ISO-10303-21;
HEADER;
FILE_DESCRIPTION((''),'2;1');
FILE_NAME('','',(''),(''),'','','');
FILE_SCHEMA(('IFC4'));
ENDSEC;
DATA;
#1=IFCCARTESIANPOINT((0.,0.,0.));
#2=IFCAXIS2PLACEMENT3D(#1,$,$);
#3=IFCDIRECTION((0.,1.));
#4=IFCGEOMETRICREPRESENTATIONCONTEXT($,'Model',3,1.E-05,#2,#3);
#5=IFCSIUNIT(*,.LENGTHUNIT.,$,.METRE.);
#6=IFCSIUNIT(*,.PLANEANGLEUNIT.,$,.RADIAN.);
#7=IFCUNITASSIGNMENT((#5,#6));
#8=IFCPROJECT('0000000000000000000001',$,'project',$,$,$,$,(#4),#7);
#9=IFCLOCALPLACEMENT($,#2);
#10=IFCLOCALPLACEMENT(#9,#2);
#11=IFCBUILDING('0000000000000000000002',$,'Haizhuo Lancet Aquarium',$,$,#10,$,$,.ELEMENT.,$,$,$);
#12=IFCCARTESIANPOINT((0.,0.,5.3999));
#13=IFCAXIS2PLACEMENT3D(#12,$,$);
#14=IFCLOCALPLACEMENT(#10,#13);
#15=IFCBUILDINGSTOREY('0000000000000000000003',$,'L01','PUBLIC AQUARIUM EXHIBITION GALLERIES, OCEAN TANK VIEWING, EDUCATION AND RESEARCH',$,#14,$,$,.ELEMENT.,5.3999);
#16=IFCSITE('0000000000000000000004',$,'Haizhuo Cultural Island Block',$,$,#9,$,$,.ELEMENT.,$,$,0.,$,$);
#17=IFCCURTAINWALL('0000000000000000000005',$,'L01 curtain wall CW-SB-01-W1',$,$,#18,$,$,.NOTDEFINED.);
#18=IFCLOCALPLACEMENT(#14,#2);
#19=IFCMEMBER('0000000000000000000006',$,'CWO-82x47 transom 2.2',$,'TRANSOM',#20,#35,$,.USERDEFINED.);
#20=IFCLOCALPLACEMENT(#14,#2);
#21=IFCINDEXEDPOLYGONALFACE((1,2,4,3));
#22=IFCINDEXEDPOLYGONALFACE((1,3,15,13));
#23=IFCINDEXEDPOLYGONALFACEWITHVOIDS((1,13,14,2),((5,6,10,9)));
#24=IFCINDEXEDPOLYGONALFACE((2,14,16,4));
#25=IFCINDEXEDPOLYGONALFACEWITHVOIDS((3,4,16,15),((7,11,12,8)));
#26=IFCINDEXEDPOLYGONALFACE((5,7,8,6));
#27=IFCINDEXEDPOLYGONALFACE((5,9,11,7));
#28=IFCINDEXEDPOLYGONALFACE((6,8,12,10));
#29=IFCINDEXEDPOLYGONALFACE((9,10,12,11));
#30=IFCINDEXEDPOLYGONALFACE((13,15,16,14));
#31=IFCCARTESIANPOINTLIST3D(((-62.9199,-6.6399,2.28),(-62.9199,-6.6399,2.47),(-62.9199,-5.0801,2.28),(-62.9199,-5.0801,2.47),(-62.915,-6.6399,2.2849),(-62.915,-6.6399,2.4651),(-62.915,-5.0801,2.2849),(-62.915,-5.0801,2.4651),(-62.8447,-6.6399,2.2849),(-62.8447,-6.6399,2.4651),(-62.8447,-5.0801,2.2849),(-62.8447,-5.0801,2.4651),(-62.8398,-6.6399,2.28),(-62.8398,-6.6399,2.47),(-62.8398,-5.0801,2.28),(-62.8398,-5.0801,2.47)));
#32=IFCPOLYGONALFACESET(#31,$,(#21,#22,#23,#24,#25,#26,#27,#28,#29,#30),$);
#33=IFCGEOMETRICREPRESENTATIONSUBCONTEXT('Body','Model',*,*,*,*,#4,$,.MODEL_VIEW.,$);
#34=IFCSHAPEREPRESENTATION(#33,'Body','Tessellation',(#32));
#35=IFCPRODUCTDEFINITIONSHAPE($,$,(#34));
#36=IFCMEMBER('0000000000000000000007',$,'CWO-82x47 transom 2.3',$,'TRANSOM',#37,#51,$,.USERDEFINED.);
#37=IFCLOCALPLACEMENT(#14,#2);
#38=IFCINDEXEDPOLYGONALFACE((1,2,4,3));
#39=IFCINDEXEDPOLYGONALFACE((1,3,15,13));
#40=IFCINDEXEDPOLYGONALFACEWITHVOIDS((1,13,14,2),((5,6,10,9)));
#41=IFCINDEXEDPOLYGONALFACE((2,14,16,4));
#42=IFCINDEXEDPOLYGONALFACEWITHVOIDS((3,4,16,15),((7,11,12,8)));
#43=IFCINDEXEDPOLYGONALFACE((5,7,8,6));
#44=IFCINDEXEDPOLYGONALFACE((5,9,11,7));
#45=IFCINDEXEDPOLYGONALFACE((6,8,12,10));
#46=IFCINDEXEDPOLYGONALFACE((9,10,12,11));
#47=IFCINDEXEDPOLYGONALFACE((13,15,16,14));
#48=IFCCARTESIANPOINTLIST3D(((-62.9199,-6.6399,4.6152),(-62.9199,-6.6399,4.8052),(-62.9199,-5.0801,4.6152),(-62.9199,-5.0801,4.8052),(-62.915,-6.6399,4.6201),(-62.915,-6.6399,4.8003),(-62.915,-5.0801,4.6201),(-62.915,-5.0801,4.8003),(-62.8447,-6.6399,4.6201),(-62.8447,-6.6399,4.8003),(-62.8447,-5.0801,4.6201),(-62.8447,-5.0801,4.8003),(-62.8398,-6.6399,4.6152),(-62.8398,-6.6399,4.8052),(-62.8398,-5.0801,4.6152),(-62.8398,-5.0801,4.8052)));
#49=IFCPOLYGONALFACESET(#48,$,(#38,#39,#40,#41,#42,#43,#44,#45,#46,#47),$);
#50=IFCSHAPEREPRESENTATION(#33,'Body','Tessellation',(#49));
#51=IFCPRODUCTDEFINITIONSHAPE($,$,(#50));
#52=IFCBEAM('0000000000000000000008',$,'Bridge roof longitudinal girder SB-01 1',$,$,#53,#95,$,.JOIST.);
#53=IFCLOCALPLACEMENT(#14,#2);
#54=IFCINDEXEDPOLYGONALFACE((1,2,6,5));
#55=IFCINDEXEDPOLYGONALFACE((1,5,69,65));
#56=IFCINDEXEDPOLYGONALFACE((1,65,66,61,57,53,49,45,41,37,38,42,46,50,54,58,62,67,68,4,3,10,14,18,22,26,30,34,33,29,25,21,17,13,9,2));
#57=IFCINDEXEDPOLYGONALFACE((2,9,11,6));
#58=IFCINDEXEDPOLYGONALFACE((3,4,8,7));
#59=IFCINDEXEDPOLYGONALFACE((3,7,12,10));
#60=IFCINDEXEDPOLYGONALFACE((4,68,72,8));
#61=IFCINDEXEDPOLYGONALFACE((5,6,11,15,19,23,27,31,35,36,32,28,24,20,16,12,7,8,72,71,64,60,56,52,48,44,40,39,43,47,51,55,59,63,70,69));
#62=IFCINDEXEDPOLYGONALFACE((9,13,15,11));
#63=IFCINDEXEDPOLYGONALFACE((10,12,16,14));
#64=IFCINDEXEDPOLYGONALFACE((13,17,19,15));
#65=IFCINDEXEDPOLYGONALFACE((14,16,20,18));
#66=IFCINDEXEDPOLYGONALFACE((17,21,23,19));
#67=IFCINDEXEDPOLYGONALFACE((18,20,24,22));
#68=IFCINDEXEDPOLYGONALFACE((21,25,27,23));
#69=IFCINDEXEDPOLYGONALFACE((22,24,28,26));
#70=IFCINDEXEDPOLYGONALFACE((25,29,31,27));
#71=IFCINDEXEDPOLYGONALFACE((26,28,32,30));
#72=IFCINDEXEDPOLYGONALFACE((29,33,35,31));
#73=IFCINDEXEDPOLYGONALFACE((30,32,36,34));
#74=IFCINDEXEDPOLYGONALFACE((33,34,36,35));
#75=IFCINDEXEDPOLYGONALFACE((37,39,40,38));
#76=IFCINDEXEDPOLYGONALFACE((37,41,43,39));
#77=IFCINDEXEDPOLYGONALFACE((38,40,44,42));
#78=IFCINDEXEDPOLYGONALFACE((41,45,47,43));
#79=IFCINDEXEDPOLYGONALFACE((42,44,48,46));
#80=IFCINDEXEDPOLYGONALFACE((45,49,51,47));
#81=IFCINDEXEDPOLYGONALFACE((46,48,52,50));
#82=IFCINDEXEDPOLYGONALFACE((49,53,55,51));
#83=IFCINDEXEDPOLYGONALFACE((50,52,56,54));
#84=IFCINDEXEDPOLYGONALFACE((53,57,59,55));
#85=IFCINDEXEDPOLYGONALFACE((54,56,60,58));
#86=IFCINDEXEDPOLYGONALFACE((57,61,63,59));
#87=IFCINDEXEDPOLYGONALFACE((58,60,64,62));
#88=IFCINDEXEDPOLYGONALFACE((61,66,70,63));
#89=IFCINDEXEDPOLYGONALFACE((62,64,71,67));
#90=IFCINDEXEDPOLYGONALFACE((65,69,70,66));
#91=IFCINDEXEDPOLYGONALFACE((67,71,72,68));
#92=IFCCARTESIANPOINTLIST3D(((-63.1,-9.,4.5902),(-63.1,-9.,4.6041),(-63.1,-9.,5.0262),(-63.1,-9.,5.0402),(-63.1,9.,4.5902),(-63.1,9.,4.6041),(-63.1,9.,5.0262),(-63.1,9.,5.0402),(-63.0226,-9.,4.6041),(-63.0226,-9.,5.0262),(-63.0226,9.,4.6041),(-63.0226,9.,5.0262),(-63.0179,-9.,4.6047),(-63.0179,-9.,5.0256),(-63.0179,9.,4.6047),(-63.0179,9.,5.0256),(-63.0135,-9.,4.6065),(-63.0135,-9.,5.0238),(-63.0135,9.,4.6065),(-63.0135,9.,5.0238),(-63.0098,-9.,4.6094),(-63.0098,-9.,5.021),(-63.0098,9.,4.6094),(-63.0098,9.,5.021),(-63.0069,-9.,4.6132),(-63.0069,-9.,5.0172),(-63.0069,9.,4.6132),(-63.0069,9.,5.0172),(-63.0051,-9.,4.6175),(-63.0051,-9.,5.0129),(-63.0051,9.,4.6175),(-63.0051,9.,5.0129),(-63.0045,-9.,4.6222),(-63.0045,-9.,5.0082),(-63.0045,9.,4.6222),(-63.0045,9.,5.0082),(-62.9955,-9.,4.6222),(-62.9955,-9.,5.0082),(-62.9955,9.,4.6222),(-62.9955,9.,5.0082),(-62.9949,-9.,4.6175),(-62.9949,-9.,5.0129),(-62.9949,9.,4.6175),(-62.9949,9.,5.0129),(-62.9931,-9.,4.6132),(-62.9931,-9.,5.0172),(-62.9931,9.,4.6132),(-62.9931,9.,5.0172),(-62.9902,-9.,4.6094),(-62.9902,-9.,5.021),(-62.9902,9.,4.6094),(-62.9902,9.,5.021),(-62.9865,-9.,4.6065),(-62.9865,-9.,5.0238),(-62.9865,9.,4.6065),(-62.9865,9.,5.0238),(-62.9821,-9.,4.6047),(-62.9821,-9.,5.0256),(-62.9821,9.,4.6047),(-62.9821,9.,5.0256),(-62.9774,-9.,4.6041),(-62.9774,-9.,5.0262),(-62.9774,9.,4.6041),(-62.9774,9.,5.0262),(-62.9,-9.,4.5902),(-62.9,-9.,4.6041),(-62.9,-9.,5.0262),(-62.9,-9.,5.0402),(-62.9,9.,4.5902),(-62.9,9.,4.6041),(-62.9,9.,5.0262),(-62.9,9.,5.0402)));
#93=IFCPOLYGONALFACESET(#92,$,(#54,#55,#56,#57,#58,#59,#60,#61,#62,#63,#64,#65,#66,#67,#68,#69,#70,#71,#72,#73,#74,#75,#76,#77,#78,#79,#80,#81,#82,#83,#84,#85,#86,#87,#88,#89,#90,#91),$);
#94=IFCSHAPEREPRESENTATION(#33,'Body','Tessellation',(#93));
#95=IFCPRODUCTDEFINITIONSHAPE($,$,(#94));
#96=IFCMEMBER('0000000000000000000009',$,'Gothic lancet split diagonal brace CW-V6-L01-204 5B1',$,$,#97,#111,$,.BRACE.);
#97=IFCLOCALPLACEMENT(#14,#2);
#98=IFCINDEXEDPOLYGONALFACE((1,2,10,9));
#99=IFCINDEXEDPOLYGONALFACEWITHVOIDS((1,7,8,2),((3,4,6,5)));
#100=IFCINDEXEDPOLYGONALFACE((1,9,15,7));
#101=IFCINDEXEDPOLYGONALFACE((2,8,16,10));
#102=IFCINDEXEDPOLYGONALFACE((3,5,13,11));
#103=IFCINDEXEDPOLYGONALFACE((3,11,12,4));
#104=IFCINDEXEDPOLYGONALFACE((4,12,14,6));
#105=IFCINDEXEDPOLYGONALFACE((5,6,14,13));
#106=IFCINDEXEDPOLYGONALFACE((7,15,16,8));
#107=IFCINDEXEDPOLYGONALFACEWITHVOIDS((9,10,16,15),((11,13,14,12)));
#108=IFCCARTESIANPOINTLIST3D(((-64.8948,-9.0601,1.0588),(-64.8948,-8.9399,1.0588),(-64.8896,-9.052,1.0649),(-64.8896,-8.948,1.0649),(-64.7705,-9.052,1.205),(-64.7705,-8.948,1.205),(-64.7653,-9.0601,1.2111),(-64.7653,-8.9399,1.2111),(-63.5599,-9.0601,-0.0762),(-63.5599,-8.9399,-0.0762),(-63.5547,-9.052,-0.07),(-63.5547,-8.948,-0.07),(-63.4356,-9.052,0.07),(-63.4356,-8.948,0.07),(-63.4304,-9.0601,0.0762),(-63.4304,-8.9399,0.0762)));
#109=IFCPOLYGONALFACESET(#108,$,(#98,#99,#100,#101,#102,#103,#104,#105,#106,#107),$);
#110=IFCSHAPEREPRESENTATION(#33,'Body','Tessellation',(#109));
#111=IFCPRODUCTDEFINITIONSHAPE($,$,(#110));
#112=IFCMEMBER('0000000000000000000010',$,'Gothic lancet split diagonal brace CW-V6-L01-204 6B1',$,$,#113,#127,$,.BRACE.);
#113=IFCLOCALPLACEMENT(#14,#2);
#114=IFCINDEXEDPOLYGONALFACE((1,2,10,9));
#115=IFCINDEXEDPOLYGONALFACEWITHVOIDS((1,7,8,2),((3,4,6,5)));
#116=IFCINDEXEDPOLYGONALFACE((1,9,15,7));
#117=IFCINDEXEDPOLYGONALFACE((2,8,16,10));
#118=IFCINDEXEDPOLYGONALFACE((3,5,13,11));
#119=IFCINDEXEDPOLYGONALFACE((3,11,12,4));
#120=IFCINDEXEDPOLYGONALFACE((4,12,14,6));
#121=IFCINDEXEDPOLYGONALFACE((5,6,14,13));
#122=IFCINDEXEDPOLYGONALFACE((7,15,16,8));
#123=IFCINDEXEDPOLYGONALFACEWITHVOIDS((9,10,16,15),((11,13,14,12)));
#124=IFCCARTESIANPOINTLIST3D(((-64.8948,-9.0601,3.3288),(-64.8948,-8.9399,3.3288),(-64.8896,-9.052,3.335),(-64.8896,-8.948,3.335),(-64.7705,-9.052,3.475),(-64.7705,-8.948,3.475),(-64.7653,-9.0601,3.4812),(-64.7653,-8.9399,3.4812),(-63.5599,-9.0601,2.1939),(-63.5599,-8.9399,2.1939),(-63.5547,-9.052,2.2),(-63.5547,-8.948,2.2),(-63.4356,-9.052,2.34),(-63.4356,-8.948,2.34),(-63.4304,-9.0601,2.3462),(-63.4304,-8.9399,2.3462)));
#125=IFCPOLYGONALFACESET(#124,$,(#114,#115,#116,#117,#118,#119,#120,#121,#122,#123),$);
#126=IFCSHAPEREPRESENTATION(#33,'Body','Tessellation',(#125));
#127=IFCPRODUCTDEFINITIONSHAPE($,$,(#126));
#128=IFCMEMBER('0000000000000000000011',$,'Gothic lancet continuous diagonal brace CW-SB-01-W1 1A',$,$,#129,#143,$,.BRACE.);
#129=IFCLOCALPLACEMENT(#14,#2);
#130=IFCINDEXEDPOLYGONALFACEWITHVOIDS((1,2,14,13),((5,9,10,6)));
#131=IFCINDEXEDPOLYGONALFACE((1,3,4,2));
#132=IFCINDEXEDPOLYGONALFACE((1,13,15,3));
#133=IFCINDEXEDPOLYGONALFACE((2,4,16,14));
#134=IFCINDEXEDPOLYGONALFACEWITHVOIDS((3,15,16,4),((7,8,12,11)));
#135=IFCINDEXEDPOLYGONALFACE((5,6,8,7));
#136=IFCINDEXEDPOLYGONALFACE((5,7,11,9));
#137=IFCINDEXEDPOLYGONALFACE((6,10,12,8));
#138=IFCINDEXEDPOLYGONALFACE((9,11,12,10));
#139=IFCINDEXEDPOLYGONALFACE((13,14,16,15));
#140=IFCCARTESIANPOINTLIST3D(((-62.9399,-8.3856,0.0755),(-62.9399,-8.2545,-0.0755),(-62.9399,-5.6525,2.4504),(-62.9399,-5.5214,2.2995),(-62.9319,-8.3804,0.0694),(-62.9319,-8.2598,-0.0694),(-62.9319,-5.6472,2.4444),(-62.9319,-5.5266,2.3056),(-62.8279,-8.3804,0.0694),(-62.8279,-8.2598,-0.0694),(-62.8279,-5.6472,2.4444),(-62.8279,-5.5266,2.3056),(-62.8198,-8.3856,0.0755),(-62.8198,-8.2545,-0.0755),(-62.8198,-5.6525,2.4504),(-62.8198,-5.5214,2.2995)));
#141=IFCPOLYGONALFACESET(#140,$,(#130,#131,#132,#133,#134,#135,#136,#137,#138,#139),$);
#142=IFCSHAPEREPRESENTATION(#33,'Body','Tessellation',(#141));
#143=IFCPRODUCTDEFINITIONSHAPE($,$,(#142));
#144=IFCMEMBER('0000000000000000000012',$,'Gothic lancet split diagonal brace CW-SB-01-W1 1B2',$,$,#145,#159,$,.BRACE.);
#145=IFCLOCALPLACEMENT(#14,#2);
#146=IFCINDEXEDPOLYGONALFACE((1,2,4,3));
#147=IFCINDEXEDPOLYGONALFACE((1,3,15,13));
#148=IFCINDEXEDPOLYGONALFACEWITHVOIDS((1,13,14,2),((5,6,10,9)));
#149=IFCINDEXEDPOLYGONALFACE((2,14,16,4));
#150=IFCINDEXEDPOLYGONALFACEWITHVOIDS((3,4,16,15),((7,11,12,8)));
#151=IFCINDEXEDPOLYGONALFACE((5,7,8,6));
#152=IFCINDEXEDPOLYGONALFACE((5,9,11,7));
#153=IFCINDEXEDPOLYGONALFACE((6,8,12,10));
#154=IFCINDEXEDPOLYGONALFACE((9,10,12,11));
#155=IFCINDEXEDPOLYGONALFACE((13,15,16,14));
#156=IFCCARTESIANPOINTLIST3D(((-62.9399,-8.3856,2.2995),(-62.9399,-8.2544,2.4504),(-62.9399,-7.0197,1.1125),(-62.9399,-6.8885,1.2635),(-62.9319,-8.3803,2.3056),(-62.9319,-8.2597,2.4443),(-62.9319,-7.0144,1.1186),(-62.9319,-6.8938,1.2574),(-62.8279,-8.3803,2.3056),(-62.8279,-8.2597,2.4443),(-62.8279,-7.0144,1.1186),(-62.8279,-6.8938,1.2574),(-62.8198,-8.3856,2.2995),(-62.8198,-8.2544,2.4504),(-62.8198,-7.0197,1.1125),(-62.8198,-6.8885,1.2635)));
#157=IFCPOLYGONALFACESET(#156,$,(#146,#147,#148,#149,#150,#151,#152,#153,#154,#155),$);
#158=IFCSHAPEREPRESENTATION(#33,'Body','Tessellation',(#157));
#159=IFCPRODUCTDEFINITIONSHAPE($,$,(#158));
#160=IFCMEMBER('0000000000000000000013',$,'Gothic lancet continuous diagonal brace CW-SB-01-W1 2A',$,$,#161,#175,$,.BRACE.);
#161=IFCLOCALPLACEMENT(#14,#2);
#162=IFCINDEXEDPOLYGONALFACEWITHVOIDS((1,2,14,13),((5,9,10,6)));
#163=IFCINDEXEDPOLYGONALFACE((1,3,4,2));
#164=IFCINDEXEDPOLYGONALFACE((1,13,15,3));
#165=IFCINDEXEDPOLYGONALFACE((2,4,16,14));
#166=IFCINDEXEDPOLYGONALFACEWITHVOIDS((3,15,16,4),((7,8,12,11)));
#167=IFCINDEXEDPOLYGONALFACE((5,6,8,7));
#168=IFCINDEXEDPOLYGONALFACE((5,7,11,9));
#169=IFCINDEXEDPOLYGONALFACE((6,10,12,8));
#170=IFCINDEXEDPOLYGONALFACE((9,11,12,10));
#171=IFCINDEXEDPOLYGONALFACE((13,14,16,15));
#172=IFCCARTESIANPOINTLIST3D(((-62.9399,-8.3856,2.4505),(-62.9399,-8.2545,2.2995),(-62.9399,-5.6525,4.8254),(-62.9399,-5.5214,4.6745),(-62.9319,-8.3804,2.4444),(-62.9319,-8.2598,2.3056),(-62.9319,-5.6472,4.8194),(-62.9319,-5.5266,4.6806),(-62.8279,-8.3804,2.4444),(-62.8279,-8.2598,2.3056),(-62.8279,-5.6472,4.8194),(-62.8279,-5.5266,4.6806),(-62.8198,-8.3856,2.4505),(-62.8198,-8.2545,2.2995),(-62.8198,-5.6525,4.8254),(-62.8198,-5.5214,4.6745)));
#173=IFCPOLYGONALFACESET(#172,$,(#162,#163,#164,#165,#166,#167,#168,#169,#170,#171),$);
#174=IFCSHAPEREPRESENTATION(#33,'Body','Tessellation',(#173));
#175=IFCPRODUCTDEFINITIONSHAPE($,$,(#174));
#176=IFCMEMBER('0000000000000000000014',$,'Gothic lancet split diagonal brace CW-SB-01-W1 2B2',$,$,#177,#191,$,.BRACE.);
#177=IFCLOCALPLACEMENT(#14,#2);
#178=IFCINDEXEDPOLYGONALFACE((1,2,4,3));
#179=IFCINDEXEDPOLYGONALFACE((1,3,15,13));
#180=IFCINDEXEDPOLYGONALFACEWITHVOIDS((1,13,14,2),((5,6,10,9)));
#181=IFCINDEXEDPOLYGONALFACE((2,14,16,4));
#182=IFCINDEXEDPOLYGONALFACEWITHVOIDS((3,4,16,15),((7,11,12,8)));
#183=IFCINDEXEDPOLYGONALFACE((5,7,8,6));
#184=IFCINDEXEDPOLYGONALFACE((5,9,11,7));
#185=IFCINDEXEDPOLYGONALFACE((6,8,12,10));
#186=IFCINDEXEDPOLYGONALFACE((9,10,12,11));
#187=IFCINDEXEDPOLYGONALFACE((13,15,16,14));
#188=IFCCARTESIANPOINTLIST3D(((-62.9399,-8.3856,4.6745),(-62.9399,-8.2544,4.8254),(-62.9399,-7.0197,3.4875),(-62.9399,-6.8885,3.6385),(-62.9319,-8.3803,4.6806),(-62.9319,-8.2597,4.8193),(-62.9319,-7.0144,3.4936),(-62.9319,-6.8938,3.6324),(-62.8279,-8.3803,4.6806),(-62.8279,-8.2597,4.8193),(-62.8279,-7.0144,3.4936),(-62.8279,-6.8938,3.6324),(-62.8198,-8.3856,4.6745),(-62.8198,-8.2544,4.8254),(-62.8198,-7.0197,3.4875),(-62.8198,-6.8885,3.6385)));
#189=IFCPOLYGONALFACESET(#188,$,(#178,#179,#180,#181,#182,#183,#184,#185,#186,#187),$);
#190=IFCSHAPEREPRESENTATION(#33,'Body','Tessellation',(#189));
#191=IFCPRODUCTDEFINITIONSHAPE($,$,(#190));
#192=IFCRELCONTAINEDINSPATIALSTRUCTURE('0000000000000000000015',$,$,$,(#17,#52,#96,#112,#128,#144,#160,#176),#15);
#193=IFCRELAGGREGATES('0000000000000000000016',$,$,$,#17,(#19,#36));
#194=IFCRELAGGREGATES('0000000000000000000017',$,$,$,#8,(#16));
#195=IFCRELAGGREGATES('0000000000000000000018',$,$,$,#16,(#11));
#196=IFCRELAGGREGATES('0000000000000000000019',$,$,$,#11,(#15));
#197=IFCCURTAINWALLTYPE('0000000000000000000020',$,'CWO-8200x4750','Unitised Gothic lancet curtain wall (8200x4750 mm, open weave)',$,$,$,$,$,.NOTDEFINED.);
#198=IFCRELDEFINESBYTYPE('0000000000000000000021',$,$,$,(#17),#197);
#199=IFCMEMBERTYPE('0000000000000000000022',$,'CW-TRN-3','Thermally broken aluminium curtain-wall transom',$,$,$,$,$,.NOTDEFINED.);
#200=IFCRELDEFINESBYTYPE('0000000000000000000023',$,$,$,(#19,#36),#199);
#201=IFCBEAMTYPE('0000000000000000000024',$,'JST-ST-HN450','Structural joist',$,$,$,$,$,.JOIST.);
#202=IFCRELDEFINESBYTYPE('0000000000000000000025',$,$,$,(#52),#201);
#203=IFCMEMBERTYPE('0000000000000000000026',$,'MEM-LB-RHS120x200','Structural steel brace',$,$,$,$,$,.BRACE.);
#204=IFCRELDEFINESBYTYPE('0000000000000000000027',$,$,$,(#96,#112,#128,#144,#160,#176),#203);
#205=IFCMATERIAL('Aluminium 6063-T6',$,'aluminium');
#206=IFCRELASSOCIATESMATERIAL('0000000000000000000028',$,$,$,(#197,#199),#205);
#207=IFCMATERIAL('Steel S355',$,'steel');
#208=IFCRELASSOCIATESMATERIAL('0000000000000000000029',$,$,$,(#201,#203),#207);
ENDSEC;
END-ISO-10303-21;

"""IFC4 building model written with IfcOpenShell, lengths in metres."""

from ifc_helpers import new_model, si_unit, direction, frame, origin, origin_2d, place, context, subcontext, project, spatial, hollow_rectangle, i_section, extrude, material, material_profile, profile_set, type_object, element, aggregate, save


model = new_model("IFC4")

# Units and contexts
model_context = context("Model", 3, precision=1e-05, world=origin(), true_north=direction((0.0, 1.0)))
body_context = subcontext(model_context, "Body", "Model", "MODEL_VIEW")
ifc_project = project(units=[si_unit("LENGTHUNIT", "METRE"), si_unit("PLANEANGLEUNIT", "RADIAN")], contexts=[model_context])

# Site, building, storey
site_placement = place(None, origin())
site = spatial("IfcSite", under=ifc_project, at=site_placement, Name="Haizhuo Cultural Island Block", CompositionType="ELEMENT", RefElevation=0.0)
building_placement = place(site_placement, origin())
building = spatial("IfcBuilding", under=site, at=building_placement, Name="Haizhuo Lancet Aquarium", CompositionType="ELEMENT")
storey_placement = place(building_placement, frame((0.0, 0.0, 5.3999)))
storey = spatial("IfcBuildingStorey", under=building, at=storey_placement, Name="L01", Description="PUBLIC AQUARIUM EXHIBITION GALLERIES, OCEAN TANK VIEWING, EDUCATION AND RESEARCH", CompositionType="ELEMENT", Elevation=5.3999)

# Shared definitions
ifc_material_1 = material(Name="Steel S355", Category="steel")

# Shared definitions
ifc_material_2 = material(Name="Aluminium 6063-T6", Category="aluminium")

# Curtain wall, members
curtain_wall_type_1 = type_object("IfcCurtainWallType", Name="CWO-8200x4750", Description="Unitised Gothic lancet curtain wall (8200x4750 mm, open weave)", PredefinedType="NOTDEFINED", material=ifc_material_2)
curtain_wall_1_placement = place(storey_placement, origin())
curtain_wall_1 = element("IfcCurtainWall", 1, at=curtain_wall_1_placement, inside=storey, type_object=curtain_wall_type_1, Name="L01 curtain wall CW-SB-01-W1", PredefinedType="NOTDEFINED")
ifc_material_profile_1 = material_profile(ifc_material_2, hollow_rectangle(XDim=0.0801, YDim=0.1899, WallThickness=0.0049, at=origin_2d()), Name="ALU-T 80x190x5")
ifc_profile_set_1 = profile_set([ifc_material_profile_1], Name="Aluminium 6063-T6")
member_type_1 = type_object("IfcMemberType", Name="CW-TRN-3", Description="Thermally broken aluminium curtain-wall transom", PredefinedType="NOTDEFINED", material=ifc_profile_set_1)
member_1_placement = place(storey_placement, frame((-62.8799, -6.6399, 2.375), z_axis=(0.0, 1.0, 0.0), x_axis=(-1.0, 0.0, 0.0)))
member_1 = element("IfcMember", 2, at=member_1_placement, type_object=member_type_1, Name="CWO-82x47 transom 2.2", ObjectType="TRANSOM", PredefinedType="USERDEFINED", context=body_context, shape_type="SweptSolid", body=[
    extrude(hollow_rectangle(XDim=0.0801, YDim=0.1899, WallThickness=0.0049, at=origin_2d()), origin(), (0.0, 0.0, 1.0), 1.5598),
])
member_2_placement = place(storey_placement, frame((-62.8799, -6.6399, 4.7102), z_axis=(0.0, 1.0, 0.0), x_axis=(-1.0, 0.0, 0.0)))
member_2 = element("IfcMember", 3, at=member_2_placement, type_object=member_type_1, Name="CWO-82x47 transom 2.3", ObjectType="TRANSOM", PredefinedType="USERDEFINED", context=body_context, shape_type="SweptSolid", body=[
    extrude(hollow_rectangle(XDim=0.0801, YDim=0.1899, WallThickness=0.0049, at=origin_2d()), origin(), (0.0, 0.0, 1.0), 1.5598),
])

# Beam
ifc_material_profile_2 = material_profile(ifc_material_1, i_section(OverallWidth=0.2, OverallDepth=0.45, WebThickness=0.009, FlangeThickness=0.0139, FilletRadius=0.0181, at=origin_2d()), Name="HN 450x200x9x14")
ifc_profile_set_2 = profile_set([ifc_material_profile_2], Name="Steel S355")
beam_type_1 = type_object("IfcBeamType", Name="JST-ST-HN450", Description="Structural joist", PredefinedType="JOIST", material=ifc_profile_set_2)
beam_1_placement = place(storey_placement, frame((-63.0, -9.0, 4.8152), z_axis=(0.0, 1.0, 0.0), x_axis=(-1.0, 0.0, 0.0)))
element("IfcBeam", 4, at=beam_1_placement, inside=storey, type_object=beam_type_1, Name="Bridge roof longitudinal girder SB-01 1", PredefinedType="JOIST", context=body_context, shape_type="SweptSolid", body=[
    extrude(i_section(OverallWidth=0.2, OverallDepth=0.45, WebThickness=0.009, FlangeThickness=0.0139, FilletRadius=0.0181, at=origin_2d()), origin(), (0.0, 0.0, 1.0), 18.0),
])

# Members
ifc_material_profile_3 = material_profile(ifc_material_1, hollow_rectangle(XDim=0.1201, YDim=0.2, WallThickness=0.0081, at=origin_2d()), Name="RHS 120x200x8")
ifc_profile_set_3 = profile_set([ifc_material_profile_3], Name="Steel S355")
member_type_2 = type_object("IfcMemberType", Name="MEM-LB-RHS120x200", Description="Structural steel brace", PredefinedType="BRACE", material=ifc_profile_set_3)
for number, where, z_axis, x_axis, name in (
    (5, (-63.4951, -9.0, 0.0), (-0.761857, 0.0, 0.647745), (0.0, -1.0, 0.0), "Gothic lancet split diagonal brace CW-V6-L01-204 5B1"),
    (6, (-63.4951, -9.0, 2.27), (-0.761857, 0.0, 0.647745), (0.0, -1.0, 0.0), "Gothic lancet split diagonal brace CW-V6-L01-204 6B1"),
):
    element("IfcMember", number, at=place(storey_placement, frame(where, z_axis=z_axis, x_axis=x_axis)), inside=storey, type_object=member_type_2, Name=name, PredefinedType="BRACE", context=body_context, shape_type="SweptSolid", body=[
        extrude(hollow_rectangle(XDim=0.1201, YDim=0.2, WallThickness=0.0081, at=origin_2d()), origin(), (0.0, 0.0, 1.0), 1.7522),
    ])
member_3_placement = place(storey_placement, frame((-62.8799, -8.3201, 0.0), z_axis=(0.0, 0.754832, 0.655918), x_axis=(-1.0, 0.0, 0.0)))
element("IfcMember", 7, at=member_3_placement, inside=storey, type_object=member_type_2, Name="Gothic lancet continuous diagonal brace CW-SB-01-W1 1A", PredefinedType="BRACE", context=body_context, shape_type="SweptSolid", body=[
    extrude(hollow_rectangle(XDim=0.1201, YDim=0.2, WallThickness=0.0081, at=origin_2d()), origin(), (0.0, 0.0, 1.0), 3.6208),
])
member_4_placement = place(storey_placement, frame((-62.8799, -6.9541, 1.188), z_axis=(0.0, -0.75482, 0.655932), x_axis=(1.0, 0.0, 0.0)))
element("IfcMember", 8, at=member_4_placement, inside=storey, type_object=member_type_2, Name="Gothic lancet split diagonal brace CW-SB-01-W1 1B2", PredefinedType="BRACE", context=body_context, shape_type="SweptSolid", body=[
    extrude(hollow_rectangle(XDim=0.1201, YDim=0.2, WallThickness=0.0081, at=origin_2d()), origin(), (0.0, 0.0, 1.0), 1.8096),
])
member_5_placement = place(storey_placement, frame((-62.8799, -8.3201, 2.375), z_axis=(0.0, 0.754832, 0.655918), x_axis=(-1.0, 0.0, 0.0)))
element("IfcMember", 9, at=member_5_placement, inside=storey, type_object=member_type_2, Name="Gothic lancet continuous diagonal brace CW-SB-01-W1 2A", PredefinedType="BRACE", context=body_context, shape_type="SweptSolid", body=[
    extrude(hollow_rectangle(XDim=0.1201, YDim=0.2, WallThickness=0.0081, at=origin_2d()), origin(), (0.0, 0.0, 1.0), 3.6208),
])
member_6_placement = place(storey_placement, frame((-62.8799, -6.9541, 3.563), z_axis=(0.0, -0.75482, 0.655932), x_axis=(1.0, 0.0, 0.0)))
element("IfcMember", 10, at=member_6_placement, inside=storey, type_object=member_type_2, Name="Gothic lancet split diagonal brace CW-SB-01-W1 2B2", PredefinedType="BRACE", context=body_context, shape_type="SweptSolid", body=[
    extrude(hollow_rectangle(XDim=0.1201, YDim=0.2, WallThickness=0.0081, at=origin_2d()), origin(), (0.0, 0.0, 1.0), 1.8096),
])

aggregate(curtain_wall_1, [member_1, member_2])

save(model, "model.ifc")
